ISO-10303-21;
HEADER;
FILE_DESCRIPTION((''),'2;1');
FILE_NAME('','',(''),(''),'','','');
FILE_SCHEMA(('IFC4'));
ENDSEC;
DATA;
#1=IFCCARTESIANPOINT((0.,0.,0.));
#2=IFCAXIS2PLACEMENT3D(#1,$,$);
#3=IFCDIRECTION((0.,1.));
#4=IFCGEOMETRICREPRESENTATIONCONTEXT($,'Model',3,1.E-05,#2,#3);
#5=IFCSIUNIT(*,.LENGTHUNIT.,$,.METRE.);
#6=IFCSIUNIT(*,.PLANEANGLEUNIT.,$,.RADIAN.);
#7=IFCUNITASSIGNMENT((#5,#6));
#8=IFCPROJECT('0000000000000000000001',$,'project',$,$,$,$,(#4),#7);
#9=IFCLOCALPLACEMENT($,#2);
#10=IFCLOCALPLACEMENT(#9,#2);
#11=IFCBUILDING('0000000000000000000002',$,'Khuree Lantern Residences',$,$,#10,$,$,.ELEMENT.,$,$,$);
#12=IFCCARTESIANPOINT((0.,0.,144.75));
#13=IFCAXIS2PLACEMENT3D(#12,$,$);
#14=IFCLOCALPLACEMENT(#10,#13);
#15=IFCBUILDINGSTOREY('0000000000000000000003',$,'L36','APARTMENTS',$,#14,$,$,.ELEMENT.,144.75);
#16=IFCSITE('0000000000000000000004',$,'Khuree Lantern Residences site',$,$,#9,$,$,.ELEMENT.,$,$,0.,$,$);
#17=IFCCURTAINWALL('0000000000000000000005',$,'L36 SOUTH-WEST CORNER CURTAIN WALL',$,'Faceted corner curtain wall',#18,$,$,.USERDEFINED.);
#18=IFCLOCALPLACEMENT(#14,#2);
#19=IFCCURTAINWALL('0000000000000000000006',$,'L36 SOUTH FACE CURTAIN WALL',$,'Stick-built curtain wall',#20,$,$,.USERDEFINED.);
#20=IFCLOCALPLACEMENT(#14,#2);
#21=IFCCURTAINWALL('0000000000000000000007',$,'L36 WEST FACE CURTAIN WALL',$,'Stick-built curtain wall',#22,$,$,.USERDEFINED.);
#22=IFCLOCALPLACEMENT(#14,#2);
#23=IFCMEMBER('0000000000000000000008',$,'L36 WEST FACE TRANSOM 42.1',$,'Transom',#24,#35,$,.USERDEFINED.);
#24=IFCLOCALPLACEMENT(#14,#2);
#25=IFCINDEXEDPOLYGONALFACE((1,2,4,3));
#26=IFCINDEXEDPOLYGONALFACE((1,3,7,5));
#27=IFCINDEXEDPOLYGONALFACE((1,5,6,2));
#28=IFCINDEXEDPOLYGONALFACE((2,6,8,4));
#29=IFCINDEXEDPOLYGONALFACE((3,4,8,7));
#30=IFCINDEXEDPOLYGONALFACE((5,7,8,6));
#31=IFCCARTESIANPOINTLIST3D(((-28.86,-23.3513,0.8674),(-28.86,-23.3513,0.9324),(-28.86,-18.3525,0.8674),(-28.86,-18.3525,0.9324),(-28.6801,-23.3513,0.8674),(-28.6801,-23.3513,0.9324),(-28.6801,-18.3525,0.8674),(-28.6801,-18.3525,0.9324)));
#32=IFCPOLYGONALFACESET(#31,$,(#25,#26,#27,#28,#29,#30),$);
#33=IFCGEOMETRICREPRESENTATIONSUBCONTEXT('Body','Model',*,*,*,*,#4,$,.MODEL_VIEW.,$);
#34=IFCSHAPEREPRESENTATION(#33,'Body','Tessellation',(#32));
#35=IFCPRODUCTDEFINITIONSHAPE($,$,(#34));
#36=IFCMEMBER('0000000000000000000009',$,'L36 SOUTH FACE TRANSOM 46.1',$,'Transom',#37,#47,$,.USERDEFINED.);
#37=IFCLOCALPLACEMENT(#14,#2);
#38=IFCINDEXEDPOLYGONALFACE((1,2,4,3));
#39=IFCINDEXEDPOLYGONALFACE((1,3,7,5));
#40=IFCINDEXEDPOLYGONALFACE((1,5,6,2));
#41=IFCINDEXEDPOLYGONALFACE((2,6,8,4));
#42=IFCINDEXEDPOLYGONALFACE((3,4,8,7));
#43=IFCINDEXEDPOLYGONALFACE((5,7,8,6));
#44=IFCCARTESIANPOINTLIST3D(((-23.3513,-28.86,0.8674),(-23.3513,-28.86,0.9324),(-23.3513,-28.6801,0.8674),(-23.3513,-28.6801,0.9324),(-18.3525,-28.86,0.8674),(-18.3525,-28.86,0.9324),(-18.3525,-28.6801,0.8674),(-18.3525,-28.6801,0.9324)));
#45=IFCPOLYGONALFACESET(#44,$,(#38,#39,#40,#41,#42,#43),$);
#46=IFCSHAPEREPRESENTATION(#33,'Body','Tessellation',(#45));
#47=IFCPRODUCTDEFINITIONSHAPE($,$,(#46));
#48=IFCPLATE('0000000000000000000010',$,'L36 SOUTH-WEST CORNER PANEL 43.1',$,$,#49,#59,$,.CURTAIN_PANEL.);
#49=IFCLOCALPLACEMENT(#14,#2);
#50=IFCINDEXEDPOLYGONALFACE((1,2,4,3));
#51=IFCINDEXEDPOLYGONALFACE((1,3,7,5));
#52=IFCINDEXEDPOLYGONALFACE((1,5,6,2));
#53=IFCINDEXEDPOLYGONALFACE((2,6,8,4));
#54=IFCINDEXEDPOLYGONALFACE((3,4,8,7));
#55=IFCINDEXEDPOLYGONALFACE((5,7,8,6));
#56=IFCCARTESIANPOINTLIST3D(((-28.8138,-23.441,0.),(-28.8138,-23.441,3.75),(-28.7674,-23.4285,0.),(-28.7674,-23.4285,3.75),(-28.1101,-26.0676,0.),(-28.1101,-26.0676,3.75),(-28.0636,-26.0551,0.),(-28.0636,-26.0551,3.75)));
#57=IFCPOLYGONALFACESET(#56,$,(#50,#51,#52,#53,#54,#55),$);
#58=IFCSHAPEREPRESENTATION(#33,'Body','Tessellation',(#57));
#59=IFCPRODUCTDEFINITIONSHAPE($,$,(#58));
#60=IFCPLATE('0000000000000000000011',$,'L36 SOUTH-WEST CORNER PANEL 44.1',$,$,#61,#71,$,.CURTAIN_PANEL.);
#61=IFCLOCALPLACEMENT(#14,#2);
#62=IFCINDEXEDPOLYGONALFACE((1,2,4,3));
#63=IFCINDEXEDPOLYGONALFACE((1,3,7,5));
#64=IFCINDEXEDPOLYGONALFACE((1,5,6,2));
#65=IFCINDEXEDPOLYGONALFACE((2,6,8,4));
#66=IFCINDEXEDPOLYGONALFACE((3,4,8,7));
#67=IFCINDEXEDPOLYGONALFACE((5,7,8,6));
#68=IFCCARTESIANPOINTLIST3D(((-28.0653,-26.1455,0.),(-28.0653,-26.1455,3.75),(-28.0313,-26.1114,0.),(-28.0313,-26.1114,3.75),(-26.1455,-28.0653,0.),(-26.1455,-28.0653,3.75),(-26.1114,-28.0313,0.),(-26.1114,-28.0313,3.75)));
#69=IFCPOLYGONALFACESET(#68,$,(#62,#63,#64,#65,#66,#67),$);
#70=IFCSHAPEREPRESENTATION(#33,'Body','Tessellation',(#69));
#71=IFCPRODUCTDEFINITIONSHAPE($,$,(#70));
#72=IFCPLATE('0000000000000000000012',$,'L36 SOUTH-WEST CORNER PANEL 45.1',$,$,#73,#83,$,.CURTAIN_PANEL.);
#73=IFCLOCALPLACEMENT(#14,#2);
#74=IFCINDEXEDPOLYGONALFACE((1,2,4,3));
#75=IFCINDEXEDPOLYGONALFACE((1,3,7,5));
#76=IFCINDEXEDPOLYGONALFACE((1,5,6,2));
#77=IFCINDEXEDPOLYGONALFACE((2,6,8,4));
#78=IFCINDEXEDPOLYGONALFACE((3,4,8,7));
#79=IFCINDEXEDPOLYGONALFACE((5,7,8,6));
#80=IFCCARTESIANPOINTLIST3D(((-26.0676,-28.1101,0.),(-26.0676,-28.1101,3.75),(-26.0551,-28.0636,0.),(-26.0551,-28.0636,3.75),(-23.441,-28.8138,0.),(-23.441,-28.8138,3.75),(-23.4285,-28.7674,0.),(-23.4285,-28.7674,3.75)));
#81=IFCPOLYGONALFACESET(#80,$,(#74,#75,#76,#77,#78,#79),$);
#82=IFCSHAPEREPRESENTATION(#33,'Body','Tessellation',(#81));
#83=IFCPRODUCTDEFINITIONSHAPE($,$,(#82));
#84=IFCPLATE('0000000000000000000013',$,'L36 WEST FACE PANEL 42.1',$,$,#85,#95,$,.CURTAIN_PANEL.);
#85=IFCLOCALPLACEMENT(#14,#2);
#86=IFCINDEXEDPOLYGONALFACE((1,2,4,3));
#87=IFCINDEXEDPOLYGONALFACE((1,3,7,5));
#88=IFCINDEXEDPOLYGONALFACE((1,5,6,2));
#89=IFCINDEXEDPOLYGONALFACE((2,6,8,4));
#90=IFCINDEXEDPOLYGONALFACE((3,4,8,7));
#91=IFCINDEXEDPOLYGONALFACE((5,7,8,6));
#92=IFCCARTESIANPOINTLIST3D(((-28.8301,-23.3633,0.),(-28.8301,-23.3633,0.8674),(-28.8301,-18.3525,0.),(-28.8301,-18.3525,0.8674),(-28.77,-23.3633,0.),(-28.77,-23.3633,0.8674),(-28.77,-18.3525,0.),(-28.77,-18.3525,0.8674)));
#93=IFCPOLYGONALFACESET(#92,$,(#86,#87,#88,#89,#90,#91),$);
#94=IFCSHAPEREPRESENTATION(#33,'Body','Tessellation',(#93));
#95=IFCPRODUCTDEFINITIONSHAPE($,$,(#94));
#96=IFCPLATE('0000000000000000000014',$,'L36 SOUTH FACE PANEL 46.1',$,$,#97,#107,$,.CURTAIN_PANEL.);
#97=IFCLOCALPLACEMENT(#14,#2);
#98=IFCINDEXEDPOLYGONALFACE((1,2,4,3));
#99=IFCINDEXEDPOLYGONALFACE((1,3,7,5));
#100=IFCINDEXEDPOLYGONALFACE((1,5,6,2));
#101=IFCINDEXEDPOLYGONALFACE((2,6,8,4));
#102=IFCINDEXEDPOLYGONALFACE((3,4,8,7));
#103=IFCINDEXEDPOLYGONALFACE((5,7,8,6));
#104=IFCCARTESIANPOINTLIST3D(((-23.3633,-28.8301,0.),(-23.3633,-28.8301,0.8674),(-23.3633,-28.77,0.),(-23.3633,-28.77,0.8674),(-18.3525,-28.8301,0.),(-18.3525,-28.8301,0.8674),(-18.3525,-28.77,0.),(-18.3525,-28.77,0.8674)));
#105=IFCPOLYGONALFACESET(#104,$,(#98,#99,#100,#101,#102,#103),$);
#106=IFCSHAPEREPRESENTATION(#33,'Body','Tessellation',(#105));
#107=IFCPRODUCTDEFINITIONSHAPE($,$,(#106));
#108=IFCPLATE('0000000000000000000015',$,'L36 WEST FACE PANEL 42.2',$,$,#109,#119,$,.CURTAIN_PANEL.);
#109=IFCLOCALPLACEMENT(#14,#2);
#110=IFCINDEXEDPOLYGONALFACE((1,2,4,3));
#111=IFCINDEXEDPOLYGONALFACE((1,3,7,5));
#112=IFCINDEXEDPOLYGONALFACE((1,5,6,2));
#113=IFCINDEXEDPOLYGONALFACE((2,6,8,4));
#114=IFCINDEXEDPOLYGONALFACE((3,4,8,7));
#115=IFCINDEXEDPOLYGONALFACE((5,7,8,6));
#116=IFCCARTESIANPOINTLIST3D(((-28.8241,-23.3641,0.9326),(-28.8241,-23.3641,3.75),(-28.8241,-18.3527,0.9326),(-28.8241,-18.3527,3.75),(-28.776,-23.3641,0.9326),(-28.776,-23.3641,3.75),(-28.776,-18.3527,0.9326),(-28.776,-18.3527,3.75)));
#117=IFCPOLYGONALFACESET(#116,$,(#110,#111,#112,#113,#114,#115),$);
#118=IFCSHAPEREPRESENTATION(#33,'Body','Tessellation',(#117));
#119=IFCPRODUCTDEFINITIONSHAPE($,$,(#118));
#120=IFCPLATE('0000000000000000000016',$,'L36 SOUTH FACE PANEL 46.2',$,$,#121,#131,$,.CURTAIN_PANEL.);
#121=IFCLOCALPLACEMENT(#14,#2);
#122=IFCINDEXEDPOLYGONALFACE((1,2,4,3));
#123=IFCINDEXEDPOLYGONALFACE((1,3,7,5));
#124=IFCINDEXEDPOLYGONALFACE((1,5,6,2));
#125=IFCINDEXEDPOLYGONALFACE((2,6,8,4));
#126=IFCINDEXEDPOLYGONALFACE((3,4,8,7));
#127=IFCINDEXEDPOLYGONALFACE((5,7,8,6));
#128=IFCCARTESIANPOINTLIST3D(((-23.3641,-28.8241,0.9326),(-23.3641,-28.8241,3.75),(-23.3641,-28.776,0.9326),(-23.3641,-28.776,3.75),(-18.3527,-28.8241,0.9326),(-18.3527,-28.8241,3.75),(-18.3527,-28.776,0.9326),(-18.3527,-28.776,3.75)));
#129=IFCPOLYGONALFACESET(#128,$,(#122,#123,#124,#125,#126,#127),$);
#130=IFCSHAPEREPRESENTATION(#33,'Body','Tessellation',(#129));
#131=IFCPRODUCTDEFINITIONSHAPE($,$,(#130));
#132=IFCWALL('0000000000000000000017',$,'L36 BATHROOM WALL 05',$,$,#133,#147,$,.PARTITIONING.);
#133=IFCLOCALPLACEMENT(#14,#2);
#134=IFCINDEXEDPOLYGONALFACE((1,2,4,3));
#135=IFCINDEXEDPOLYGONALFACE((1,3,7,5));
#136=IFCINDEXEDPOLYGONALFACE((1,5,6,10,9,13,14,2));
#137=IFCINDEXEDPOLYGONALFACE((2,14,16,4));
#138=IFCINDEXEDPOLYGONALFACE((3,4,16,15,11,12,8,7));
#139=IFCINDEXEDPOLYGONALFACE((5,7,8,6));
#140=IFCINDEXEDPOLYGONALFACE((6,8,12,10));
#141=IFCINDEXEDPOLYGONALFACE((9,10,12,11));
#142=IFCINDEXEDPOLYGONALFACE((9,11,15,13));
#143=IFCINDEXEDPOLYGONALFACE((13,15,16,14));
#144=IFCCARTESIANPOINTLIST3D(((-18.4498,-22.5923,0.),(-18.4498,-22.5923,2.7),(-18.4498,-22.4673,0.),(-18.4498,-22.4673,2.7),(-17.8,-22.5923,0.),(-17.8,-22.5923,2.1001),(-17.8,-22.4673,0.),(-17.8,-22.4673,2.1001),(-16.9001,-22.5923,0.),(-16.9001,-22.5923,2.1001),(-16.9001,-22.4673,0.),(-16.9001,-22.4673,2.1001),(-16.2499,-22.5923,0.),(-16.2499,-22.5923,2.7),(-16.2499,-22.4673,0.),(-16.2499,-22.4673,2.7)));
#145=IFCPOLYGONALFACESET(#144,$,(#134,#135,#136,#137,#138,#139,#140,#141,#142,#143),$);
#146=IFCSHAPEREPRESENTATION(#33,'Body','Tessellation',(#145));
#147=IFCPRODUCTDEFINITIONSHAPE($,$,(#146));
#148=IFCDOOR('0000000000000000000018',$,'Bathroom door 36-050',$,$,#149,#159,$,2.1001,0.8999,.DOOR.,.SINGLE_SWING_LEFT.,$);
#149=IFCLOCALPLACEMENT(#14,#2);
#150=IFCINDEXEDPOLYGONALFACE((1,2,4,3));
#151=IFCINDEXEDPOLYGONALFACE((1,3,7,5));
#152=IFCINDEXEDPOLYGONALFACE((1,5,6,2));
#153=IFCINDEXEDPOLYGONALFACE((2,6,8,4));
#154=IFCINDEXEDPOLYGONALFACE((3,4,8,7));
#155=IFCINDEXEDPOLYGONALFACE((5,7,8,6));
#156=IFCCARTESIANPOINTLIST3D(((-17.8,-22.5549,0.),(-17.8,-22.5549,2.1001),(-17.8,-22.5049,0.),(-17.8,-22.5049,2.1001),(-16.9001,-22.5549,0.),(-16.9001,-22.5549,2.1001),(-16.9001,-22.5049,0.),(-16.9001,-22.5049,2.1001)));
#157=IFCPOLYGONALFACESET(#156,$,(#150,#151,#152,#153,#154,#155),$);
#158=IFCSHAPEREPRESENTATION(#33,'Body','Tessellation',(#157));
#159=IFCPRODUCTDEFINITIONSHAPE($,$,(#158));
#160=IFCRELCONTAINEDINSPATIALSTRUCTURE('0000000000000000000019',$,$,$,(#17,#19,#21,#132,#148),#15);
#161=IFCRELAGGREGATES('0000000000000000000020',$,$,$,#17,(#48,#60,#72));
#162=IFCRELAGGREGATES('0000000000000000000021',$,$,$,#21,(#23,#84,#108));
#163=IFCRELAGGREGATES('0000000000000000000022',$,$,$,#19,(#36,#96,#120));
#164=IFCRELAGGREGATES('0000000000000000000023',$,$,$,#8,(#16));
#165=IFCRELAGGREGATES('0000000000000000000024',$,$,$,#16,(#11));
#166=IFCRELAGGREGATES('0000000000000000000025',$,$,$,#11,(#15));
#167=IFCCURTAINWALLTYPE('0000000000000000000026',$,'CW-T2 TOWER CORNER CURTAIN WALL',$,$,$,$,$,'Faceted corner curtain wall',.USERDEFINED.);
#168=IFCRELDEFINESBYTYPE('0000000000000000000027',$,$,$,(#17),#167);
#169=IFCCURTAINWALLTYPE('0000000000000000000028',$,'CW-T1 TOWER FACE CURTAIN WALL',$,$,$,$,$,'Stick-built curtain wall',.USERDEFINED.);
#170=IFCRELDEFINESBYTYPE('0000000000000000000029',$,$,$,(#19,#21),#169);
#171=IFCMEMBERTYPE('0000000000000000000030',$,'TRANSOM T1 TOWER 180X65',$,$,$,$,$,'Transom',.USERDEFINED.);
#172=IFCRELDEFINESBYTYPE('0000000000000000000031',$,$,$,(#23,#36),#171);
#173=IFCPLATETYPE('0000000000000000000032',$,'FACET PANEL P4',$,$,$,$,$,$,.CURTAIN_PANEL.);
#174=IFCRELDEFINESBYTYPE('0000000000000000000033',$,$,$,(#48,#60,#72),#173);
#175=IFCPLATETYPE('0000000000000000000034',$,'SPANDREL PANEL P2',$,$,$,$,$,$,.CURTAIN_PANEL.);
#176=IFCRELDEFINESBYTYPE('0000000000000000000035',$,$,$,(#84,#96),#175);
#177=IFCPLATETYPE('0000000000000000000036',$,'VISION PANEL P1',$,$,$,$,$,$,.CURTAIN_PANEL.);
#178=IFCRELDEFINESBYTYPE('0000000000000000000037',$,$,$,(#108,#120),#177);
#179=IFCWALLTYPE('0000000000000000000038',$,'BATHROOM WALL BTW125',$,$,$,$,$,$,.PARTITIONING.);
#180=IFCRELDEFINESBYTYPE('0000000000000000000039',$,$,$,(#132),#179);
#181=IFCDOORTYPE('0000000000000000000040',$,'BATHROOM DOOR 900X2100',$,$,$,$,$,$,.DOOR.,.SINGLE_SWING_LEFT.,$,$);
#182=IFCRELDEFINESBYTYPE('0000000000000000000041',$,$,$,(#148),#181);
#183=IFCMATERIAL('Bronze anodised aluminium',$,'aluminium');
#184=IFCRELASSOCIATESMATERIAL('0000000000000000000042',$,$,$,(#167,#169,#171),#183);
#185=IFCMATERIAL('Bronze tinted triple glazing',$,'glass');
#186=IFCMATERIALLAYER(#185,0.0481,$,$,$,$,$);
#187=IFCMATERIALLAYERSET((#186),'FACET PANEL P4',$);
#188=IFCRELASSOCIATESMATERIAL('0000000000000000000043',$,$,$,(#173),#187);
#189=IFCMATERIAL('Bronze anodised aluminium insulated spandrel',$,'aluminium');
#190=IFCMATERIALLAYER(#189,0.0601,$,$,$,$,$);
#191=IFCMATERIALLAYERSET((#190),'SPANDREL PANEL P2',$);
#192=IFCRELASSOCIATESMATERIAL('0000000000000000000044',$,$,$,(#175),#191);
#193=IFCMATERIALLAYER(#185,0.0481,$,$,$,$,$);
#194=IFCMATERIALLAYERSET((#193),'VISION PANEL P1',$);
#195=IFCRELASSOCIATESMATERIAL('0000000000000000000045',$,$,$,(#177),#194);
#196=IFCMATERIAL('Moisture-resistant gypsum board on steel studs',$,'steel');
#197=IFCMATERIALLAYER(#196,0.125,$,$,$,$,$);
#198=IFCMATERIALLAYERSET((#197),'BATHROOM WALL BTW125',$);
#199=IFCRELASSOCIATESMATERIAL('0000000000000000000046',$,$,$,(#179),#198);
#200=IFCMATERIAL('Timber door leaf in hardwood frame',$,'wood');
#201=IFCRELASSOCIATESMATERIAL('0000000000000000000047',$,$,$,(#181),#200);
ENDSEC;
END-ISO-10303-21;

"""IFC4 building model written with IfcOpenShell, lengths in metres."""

from ifc_helpers import new_model, si_unit, direction, frame, frame_2d, origin, origin_2d, place, context, subcontext, project, spatial, rectangle, extrude, material, layer, layer_set, material_profile, profile_set, type_object, element, fill, aggregate, save


model = new_model("IFC4")

# Units and contexts
model_context = context("Model", 3, precision=1e-05, world=origin(), true_north=direction((0.0, 1.0)))
body_context = subcontext(model_context, "Body", "Model", "MODEL_VIEW")
ifc_project = project(units=[si_unit("LENGTHUNIT", "METRE"), si_unit("PLANEANGLEUNIT", "RADIAN")], contexts=[model_context])

# Site, building, storey
site_placement = place(None, origin())
site = spatial("IfcSite", under=ifc_project, at=site_placement, Name="Khuree Lantern Residences site", CompositionType="ELEMENT", RefElevation=0.0)
building_placement = place(site_placement, origin())
building = spatial("IfcBuilding", under=site, at=building_placement, Name="Khuree Lantern Residences", CompositionType="ELEMENT")
storey_placement = place(building_placement, frame((0.0, 0.0, 144.75)))
storey = spatial("IfcBuildingStorey", under=building, at=storey_placement, Name="L36", Description="APARTMENTS", CompositionType="ELEMENT", Elevation=144.75)

# Curtain walls
ifc_material_1 = material(Name="Bronze anodised aluminium", Category="aluminium")
curtain_wall_type_1 = type_object("IfcCurtainWallType", Name="CW-T2 TOWER CORNER CURTAIN WALL", ElementType="Faceted corner curtain wall", PredefinedType="USERDEFINED", material=ifc_material_1)
curtain_wall_1_placement = place(storey_placement, origin())
curtain_wall_1 = element("IfcCurtainWall", 1, at=curtain_wall_1_placement, inside=storey, type_object=curtain_wall_type_1, Name="L36 SOUTH-WEST CORNER CURTAIN WALL", ObjectType="Faceted corner curtain wall", PredefinedType="USERDEFINED")
curtain_wall_type_2 = type_object("IfcCurtainWallType", Name="CW-T1 TOWER FACE CURTAIN WALL", ElementType="Stick-built curtain wall", PredefinedType="USERDEFINED", material=ifc_material_1)
curtain_wall_2_placement = place(storey_placement, origin())
curtain_wall_2 = element("IfcCurtainWall", 2, at=curtain_wall_2_placement, inside=storey, type_object=curtain_wall_type_2, Name="L36 SOUTH FACE CURTAIN WALL", ObjectType="Stick-built curtain wall", PredefinedType="USERDEFINED")

# Curtain wall
curtain_wall_3_placement = place(storey_placement, origin())
curtain_wall_3 = element("IfcCurtainWall", 3, at=curtain_wall_3_placement, inside=storey, type_object=curtain_wall_type_2, Name="L36 WEST FACE CURTAIN WALL", ObjectType="Stick-built curtain wall", PredefinedType="USERDEFINED")

# Members
ifc_material_profile_1 = material_profile(ifc_material_1, rectangle(XDim=0.1799, YDim=0.0649, at=origin_2d()), Name="T1 180X65")
ifc_profile_set_1 = profile_set([ifc_material_profile_1], Name="Bronze anodised aluminium")
member_type_1 = type_object("IfcMemberType", Name="TRANSOM T1 TOWER 180X65", ElementType="Transom", PredefinedType="USERDEFINED", material=ifc_profile_set_1)
member_1_placement = place(storey_placement, frame((-28.77, -18.3525, 0.8999), z_axis=(0.0, -1.0, 0.0), x_axis=(1.0, 0.0, 0.0)))
member_1 = element("IfcMember", 4, at=member_1_placement, type_object=member_type_1, Name="L36 WEST FACE TRANSOM 42.1", ObjectType="Transom", PredefinedType="USERDEFINED", context=body_context, shape_type="SweptSolid", body=[
    extrude(rectangle(XDim=0.1799, YDim=0.0649, at=origin_2d()), origin(), (0.0, 0.0, 1.0), 4.9988),
])
member_2_placement = place(storey_placement, frame((-23.3513, -28.77, 0.8999), z_axis=(1.0, 0.0, 0.0), x_axis=(0.0, 1.0, 0.0)))
member_2 = element("IfcMember", 5, at=member_2_placement, type_object=member_type_1, Name="L36 SOUTH FACE TRANSOM 46.1", ObjectType="Transom", PredefinedType="USERDEFINED", context=body_context, shape_type="SweptSolid", body=[
    extrude(rectangle(XDim=0.1799, YDim=0.0649, at=origin_2d()), origin(), (0.0, 0.0, 1.0), 4.9988),
])

# Plates
ifc_material_2 = material(Name="Bronze tinted triple glazing", Category="glass")
ifc_layer_1 = layer(ifc_material_2, 0.0481)
ifc_layer_set_1 = layer_set([ifc_layer_1], Name="FACET PANEL P4")
plate_type_1 = type_object("IfcPlateType", Name="FACET PANEL P4", PredefinedType="CURTAIN_PANEL", material=ifc_layer_set_1)
plate_1_placement = place(storey_placement, frame((-28.4387, -24.748, 0.0), z_axis=(0.0, 0.0, 1.0), x_axis=(0.258819, -0.965926, 0.0)))
plate_1 = element("IfcPlate", 6, at=plate_1_placement, type_object=plate_type_1, Name="L36 SOUTH-WEST CORNER PANEL 43.1", PredefinedType="CURTAIN_PANEL", context=body_context, shape_type="SweptSolid", body=[
    extrude(rectangle(XDim=2.7192, YDim=0.0481, at=origin_2d()), origin(), (0.0, 0.0, 1.0), 3.75),
])
plate_2_placement = place(storey_placement, frame((-27.0884, -27.0884, 0.0), z_axis=(0.0, 0.0, 1.0), x_axis=(0.707107, -0.707107, 0.0)))
plate_2 = element("IfcPlate", 7, at=plate_2_placement, type_object=plate_type_1, Name="L36 SOUTH-WEST CORNER PANEL 44.1", PredefinedType="CURTAIN_PANEL", context=body_context, shape_type="SweptSolid", body=[
    extrude(rectangle(XDim=2.7151, YDim=0.0481, at=origin_2d()), origin(), (0.0, 0.0, 1.0), 3.75),
])
plate_3_placement = place(storey_placement, frame((-24.748, -28.4387, 0.0), z_axis=(0.0, 0.0, 1.0), x_axis=(0.965926, -0.258819, 0.0)))
plate_3 = element("IfcPlate", 8, at=plate_3_placement, type_object=plate_type_1, Name="L36 SOUTH-WEST CORNER PANEL 45.1", PredefinedType="CURTAIN_PANEL", context=body_context, shape_type="SweptSolid", body=[
    extrude(rectangle(XDim=2.7192, YDim=0.0481, at=origin_2d()), origin(), (0.0, 0.0, 1.0), 3.75),
])
aggregate(curtain_wall_1, [plate_1, plate_2, plate_3])
ifc_material_3 = material(Name="Bronze anodised aluminium insulated spandrel", Category="aluminium")
ifc_layer_2 = layer(ifc_material_3, 0.0601)
ifc_layer_set_2 = layer_set([ifc_layer_2], Name="SPANDREL PANEL P2")
plate_type_2 = type_object("IfcPlateType", Name="SPANDREL PANEL P2", PredefinedType="CURTAIN_PANEL", material=ifc_layer_set_2)
plate_4_placement = place(storey_placement, frame((-28.8, -20.8579, 0.0), z_axis=(0.0, 0.0, 1.0), x_axis=(0.0, -1.0, 0.0)))
plate_4 = element("IfcPlate", 9, at=plate_4_placement, type_object=plate_type_2, Name="L36 WEST FACE PANEL 42.1", PredefinedType="CURTAIN_PANEL", context=body_context, shape_type="SweptSolid", body=[
    extrude(rectangle(XDim=5.0107, YDim=0.0601, at=origin_2d()), origin(), (0.0, 0.0, 1.0), 0.8674),
])
plate_5_placement = place(storey_placement, frame((-20.8579, -28.8, 0.0), z_axis=(0.0, 0.0, 1.0), x_axis=(1.0, 0.0, 0.0)))
plate_5 = element("IfcPlate", 10, at=plate_5_placement, type_object=plate_type_2, Name="L36 SOUTH FACE PANEL 46.1", PredefinedType="CURTAIN_PANEL", context=body_context, shape_type="SweptSolid", body=[
    extrude(rectangle(XDim=5.0107, YDim=0.0601, at=origin_2d()), origin(), (0.0, 0.0, 1.0), 0.8674),
])
ifc_layer_3 = layer(ifc_material_2, 0.0481)
ifc_layer_set_3 = layer_set([ifc_layer_3], Name="VISION PANEL P1")
plate_type_3 = type_object("IfcPlateType", Name="VISION PANEL P1", PredefinedType="CURTAIN_PANEL", material=ifc_layer_set_3)
plate_6_placement = place(storey_placement, frame((-28.8, -20.8584, 0.9326), z_axis=(0.0, 0.0, 1.0), x_axis=(0.0, -1.0, 0.0)))
plate_6 = element("IfcPlate", 11, at=plate_6_placement, type_object=plate_type_3, Name="L36 WEST FACE PANEL 42.2", PredefinedType="CURTAIN_PANEL", context=body_context, shape_type="SweptSolid", body=[
    extrude(rectangle(XDim=5.0115, YDim=0.0481, at=origin_2d()), origin(), (0.0, 0.0, 1.0), 2.8174),
])
aggregate(curtain_wall_3, [member_1, plate_4, plate_6])
plate_7_placement = place(storey_placement, frame((-20.8584, -28.8, 0.9326), z_axis=(0.0, 0.0, 1.0), x_axis=(1.0, 0.0, 0.0)))
plate_7 = element("IfcPlate", 12, at=plate_7_placement, type_object=plate_type_3, Name="L36 SOUTH FACE PANEL 46.2", PredefinedType="CURTAIN_PANEL", context=body_context, shape_type="SweptSolid", body=[
    extrude(rectangle(XDim=5.0115, YDim=0.0481, at=origin_2d()), origin(), (0.0, 0.0, 1.0), 2.8174),
])
aggregate(curtain_wall_2, [member_2, plate_5, plate_7])

# Wall, opening, door
ifc_material_4 = material(Name="Moisture-resistant gypsum board on steel studs", Category="steel")
ifc_layer_4 = layer(ifc_material_4, 0.125)
ifc_layer_set_4 = layer_set([ifc_layer_4], Name="BATHROOM WALL BTW125")
wall_type = type_object("IfcWallType", Name="BATHROOM WALL BTW125", PredefinedType="PARTITIONING", material=ifc_layer_set_4)
wall_placement = place(storey_placement, frame((-18.45, -22.5298, 0.0), z_axis=(0.0, 0.0, 1.0), x_axis=(1.0, 0.0, 0.0)))
wall = element("IfcWall", 13, at=wall_placement, inside=storey, type_object=wall_type, Name="L36 BATHROOM WALL 05", PredefinedType="PARTITIONING", context=body_context, shape_type="SweptSolid", body=[
    extrude(rectangle(XDim=2.2, YDim=0.125, at=frame_2d((1.1001, 0.0))), origin(), (0.0, 0.0, 1.0), 2.7),
])
opening_placement = place(wall_placement, frame((0.6499, 0.0, 0.0)))
opening = element("IfcOpeningElement", 14, at=opening_placement, cuts=wall, PredefinedType="OPENING", context=body_context, shape_type="SweptSolid", body=[
    extrude(rectangle(XDim=0.8999, YDim=2.1001, at=frame_2d((0.45, 1.05))), frame((0.0, 0.0725, 0.0), z_axis=(0.0, -1.0, 0.0), x_axis=(1.0, 0.0, 0.0)), (0.0, 0.0, 1.0), 0.145),
])
ifc_material_5 = material(Name="Timber door leaf in hardwood frame", Category="wood")
door_type = type_object("IfcDoorType", Name="BATHROOM DOOR 900X2100", OperationType="SINGLE_SWING_LEFT", PredefinedType="DOOR", material=ifc_material_5)
door_placement = place(opening_placement, origin())
door = element("IfcDoor", 15, at=door_placement, inside=storey, type_object=door_type, Name="Bathroom door 36-050", OperationType="SINGLE_SWING_LEFT", OverallHeight=2.1001, OverallWidth=0.8999, PredefinedType="DOOR", context=body_context, shape_type="SweptSolid", body=[
    extrude(rectangle(XDim=0.8999, YDim=2.1001, at=frame_2d((0.45, 1.05))), frame((0.0, 0.0249, 0.0), z_axis=(0.0, -1.0, 0.0), x_axis=(1.0, 0.0, 0.0)), (0.0, 0.0, 1.0), 0.05),
])
fill(opening, door)

save(model, "model.ifc")
